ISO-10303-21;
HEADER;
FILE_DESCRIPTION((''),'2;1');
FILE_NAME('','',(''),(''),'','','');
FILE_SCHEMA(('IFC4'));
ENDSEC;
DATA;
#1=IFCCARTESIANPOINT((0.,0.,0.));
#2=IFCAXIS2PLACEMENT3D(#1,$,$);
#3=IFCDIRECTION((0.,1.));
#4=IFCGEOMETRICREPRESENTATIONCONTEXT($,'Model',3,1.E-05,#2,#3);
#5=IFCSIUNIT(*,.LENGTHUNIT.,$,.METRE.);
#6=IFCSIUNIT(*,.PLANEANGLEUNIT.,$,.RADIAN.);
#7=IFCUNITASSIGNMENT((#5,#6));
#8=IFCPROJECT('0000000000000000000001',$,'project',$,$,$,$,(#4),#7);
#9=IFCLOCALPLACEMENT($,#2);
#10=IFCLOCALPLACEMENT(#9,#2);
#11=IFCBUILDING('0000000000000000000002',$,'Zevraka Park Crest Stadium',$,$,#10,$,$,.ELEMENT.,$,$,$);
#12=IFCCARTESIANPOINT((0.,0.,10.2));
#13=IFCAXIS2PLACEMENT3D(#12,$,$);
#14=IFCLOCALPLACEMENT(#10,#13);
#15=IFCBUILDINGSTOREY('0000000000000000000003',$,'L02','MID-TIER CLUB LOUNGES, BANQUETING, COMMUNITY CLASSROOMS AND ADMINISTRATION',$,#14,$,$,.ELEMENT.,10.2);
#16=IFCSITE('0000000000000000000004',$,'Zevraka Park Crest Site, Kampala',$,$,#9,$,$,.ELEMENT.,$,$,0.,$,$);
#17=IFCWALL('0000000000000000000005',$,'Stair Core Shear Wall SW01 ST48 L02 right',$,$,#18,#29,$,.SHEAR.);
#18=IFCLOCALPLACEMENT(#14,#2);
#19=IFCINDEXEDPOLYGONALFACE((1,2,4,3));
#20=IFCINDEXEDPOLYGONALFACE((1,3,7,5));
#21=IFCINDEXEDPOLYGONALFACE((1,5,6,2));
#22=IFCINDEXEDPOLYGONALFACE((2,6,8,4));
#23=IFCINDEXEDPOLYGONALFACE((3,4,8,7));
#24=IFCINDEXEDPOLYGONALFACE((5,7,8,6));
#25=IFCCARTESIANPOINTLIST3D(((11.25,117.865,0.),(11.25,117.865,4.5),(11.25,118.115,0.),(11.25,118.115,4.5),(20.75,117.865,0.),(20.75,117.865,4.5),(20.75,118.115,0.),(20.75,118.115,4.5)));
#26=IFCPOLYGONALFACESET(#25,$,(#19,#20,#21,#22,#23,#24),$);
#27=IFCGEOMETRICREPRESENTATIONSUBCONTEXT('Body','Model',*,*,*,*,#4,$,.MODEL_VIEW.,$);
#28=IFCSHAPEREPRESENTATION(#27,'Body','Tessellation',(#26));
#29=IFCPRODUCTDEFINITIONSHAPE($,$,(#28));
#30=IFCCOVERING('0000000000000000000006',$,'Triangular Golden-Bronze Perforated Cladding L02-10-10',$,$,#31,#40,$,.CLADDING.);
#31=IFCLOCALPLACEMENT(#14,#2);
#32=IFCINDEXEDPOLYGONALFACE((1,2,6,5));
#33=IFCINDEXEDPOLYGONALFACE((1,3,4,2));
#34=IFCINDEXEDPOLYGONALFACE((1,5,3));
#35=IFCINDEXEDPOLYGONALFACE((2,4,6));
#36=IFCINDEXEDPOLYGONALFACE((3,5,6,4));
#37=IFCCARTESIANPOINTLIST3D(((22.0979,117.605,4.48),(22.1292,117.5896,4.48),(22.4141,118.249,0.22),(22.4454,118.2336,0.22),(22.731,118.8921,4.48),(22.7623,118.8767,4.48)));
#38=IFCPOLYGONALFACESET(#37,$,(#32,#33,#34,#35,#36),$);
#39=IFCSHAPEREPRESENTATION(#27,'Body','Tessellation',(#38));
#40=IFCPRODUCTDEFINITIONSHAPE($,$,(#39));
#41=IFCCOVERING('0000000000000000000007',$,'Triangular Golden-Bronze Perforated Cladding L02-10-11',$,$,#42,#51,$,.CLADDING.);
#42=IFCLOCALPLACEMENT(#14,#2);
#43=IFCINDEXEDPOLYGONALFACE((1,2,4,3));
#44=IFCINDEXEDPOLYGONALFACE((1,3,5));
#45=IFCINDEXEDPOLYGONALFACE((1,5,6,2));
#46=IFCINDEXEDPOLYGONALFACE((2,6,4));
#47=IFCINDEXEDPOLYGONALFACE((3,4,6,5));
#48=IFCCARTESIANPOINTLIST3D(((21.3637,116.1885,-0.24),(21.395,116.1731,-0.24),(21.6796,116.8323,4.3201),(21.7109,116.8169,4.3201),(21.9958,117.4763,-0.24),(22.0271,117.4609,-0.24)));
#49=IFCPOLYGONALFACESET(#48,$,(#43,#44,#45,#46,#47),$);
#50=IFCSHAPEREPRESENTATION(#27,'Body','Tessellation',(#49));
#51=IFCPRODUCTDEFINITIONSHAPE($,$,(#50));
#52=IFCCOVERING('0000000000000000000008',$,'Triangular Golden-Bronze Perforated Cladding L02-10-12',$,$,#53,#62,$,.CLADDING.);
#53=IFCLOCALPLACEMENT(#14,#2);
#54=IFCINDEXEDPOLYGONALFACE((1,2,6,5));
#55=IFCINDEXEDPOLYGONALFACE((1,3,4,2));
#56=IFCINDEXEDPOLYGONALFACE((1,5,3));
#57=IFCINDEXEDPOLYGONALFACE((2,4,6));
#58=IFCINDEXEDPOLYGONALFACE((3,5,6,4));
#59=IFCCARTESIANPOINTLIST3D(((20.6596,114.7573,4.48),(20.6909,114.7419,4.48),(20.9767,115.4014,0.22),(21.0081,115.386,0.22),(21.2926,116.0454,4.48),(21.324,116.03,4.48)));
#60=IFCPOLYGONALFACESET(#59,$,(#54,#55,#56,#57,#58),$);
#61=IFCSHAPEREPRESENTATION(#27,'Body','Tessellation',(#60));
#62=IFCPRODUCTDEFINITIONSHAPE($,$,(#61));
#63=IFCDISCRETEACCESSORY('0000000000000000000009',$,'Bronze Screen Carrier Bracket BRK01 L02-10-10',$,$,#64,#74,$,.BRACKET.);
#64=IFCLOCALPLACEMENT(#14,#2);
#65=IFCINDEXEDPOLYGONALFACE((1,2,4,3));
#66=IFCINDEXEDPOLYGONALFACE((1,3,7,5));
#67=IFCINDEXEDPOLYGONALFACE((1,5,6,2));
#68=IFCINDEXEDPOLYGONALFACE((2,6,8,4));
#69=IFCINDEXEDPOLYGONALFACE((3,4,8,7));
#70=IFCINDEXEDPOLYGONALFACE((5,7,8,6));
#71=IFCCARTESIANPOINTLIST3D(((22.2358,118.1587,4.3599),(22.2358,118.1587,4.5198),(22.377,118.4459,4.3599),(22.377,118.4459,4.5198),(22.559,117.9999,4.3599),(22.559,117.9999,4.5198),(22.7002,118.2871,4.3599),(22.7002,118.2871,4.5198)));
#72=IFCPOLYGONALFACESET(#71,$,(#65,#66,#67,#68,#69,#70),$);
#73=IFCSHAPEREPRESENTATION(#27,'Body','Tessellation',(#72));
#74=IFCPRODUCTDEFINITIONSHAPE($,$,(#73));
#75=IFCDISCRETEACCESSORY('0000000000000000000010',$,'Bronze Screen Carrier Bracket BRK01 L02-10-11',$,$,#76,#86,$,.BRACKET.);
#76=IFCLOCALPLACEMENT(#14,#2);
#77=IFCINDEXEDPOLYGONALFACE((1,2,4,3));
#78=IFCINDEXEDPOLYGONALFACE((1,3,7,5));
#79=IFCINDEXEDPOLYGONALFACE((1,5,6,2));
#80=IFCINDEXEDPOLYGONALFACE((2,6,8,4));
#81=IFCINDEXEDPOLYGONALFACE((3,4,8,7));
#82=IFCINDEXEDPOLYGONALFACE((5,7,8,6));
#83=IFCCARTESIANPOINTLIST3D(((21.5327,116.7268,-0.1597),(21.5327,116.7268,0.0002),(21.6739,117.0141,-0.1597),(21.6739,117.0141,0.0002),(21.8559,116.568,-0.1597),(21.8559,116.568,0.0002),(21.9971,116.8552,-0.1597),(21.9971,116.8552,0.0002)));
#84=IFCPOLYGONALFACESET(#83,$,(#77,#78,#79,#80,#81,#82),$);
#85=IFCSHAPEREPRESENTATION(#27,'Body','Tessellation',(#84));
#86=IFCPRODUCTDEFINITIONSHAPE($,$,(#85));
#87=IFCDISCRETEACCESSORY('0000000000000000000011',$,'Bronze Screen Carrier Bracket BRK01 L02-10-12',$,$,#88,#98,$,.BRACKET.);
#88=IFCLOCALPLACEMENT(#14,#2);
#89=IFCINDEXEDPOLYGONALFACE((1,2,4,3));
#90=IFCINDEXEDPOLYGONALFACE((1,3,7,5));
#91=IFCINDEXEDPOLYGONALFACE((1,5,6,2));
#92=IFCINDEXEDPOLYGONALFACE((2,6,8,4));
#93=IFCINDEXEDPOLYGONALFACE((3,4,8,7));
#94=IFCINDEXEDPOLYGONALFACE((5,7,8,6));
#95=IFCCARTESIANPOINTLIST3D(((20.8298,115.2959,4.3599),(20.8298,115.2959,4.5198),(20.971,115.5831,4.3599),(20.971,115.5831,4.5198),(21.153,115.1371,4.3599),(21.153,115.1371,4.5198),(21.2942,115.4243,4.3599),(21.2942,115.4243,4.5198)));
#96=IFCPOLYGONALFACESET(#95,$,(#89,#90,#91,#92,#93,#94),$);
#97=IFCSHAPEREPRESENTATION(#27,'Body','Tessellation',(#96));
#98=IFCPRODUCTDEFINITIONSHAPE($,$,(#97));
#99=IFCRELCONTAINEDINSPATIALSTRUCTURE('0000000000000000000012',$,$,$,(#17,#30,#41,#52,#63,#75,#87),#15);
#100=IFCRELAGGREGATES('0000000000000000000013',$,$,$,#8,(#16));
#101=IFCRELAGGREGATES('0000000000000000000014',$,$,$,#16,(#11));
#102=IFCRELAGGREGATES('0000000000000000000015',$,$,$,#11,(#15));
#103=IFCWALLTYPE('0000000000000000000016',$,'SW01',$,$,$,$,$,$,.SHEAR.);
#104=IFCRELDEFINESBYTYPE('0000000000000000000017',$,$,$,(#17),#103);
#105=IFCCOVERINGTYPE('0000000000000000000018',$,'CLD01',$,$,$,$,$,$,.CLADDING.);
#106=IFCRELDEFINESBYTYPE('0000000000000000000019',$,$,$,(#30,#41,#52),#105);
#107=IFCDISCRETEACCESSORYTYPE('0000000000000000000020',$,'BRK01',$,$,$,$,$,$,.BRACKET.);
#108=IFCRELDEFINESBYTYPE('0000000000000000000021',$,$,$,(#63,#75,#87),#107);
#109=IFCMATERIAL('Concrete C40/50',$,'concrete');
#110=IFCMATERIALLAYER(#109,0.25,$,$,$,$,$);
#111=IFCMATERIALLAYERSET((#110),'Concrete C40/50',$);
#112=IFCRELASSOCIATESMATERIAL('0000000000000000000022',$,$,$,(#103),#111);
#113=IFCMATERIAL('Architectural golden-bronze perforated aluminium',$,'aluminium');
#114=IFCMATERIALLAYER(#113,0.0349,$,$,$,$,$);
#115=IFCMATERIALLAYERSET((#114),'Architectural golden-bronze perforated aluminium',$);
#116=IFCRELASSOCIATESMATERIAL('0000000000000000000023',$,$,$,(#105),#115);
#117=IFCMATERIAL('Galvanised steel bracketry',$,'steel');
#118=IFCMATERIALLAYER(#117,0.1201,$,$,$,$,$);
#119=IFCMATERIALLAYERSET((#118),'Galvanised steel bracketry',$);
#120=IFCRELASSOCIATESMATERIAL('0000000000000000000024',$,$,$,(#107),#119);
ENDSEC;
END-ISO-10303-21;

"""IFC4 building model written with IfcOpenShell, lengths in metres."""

from ifc_helpers import new_model, si_unit, direction, frame, frame_2d, origin, origin_2d, place, context, subcontext, project, spatial, polyline, rectangle, outline, extrude, material, layer, layer_set, type_object, element, save


model = new_model("IFC4")

# Units and contexts
model_context = context("Model", 3, precision=1e-05, world=origin(), true_north=direction((0.0, 1.0)))
body_context = subcontext(model_context, "Body", "Model", "MODEL_VIEW")
ifc_project = project(units=[si_unit("LENGTHUNIT", "METRE"), si_unit("PLANEANGLEUNIT", "RADIAN")], contexts=[model_context])

# Site, building, storey
site_placement = place(None, origin())
site = spatial("IfcSite", under=ifc_project, at=site_placement, Name="Zevraka Park Crest Site, Kampala", CompositionType="ELEMENT", RefElevation=0.0)
building_placement = place(site_placement, origin())
building = spatial("IfcBuilding", under=site, at=building_placement, Name="Zevraka Park Crest Stadium", CompositionType="ELEMENT")
storey_placement = place(building_placement, frame((0.0, 0.0, 10.2)))
storey = spatial("IfcBuildingStorey", under=building, at=storey_placement, Name="L02", Description="MID-TIER CLUB LOUNGES, BANQUETING, COMMUNITY CLASSROOMS AND ADMINISTRATION", CompositionType="ELEMENT", Elevation=10.2)

# Wall
ifc_material_1 = material(Name="Concrete C40/50", Category="concrete")
ifc_layer_1 = layer(ifc_material_1, 0.25)
ifc_layer_set_1 = layer_set([ifc_layer_1], Name="Concrete C40/50")
wall_type = type_object("IfcWallType", Name="SW01", PredefinedType="SHEAR", material=ifc_layer_set_1)
wall_placement = place(storey_placement, frame((20.75, 117.99, 0.0), z_axis=(0.0, 0.0, 1.0), x_axis=(-1.0, 0.0, 0.0)))
element("IfcWall", 1, at=wall_placement, inside=storey, type_object=wall_type, Name="Stair Core Shear Wall SW01 ST48 L02 right", PredefinedType="SHEAR", context=body_context, shape_type="SweptSolid", body=[
    extrude(rectangle(XDim=9.5, YDim=0.25, at=frame_2d((4.75, 0.0))), origin(), (0.0, 0.0, 1.0), 4.5),
])

# Coverings
ifc_material_2 = material(Name="Architectural golden-bronze perforated aluminium", Category="aluminium")
ifc_layer_2 = layer(ifc_material_2, 0.0349)
ifc_layer_set_2 = layer_set([ifc_layer_2], Name="Architectural golden-bronze perforated aluminium")
covering_type = type_object("IfcCoveringType", Name="CLD01", PredefinedType="CLADDING", material=ifc_layer_set_2)
covering_1_placement = place(storey_placement, frame((22.0979, 117.605, 4.48), z_axis=(-0.897336, 0.441349, 0.000128), x_axis=(0.441349, 0.897336, 0.0)))
element("IfcCovering", 2, at=covering_1_placement, inside=storey, type_object=covering_type, Name="Triangular Golden-Bronze Perforated Cladding L02-10-10", PredefinedType="CLADDING", context=body_context, shape_type="SweptSolid", body=[
    extrude(outline(polyline([(0.0, 0.0), (1.4344, 0.0), (0.7175, 4.26), (0.0, 0.0)])), origin(), (0.0, 0.0, -1.0), 0.0349),
])
covering_2_placement = place(storey_placement, frame((22.0271, 117.4609, -0.24), z_axis=(0.897704, -0.440598, 0.000012), x_axis=(-0.440598, -0.897704, 0.0)))
element("IfcCovering", 3, at=covering_2_placement, inside=storey, type_object=covering_type, Name="Triangular Golden-Bronze Perforated Cladding L02-10-11", PredefinedType="CLADDING", context=body_context, shape_type="SweptSolid", body=[
    extrude(outline(polyline([(0.0, 0.0), (1.4346, 0.0), (0.7175, -4.5601), (0.0, 0.0)])), origin(), (0.0, 0.0, -1.0), 0.0349),
])
covering_3_placement = place(storey_placement, frame((20.6909, 114.7419, 4.48), z_axis=(0.897468, -0.441079, 0.000129), x_axis=(0.441079, 0.897468, 0.0)))
element("IfcCovering", 4, at=covering_3_placement, inside=storey, type_object=covering_type, Name="Triangular Golden-Bronze Perforated Cladding L02-10-12", PredefinedType="CLADDING", context=body_context, shape_type="SweptSolid", body=[
    extrude(outline(polyline([(0.0, 0.0), (1.4352, 0.0), (0.7179, -4.26), (0.0, 0.0)])), origin(), (0.0, 0.0, -1.0), 0.0349),
])

# Discrete accessories
ifc_material_3 = material(Name="Galvanised steel bracketry", Category="steel")
ifc_layer_3 = layer(ifc_material_3, 0.1201)
ifc_layer_set_3 = layer_set([ifc_layer_3], Name="Galvanised steel bracketry")
discrete_accessory_type = type_object("IfcDiscreteAccessoryType", Name="BRK01", PredefinedType="BRACKET", material=ifc_layer_set_3)
for number, where, z_axis, x_axis, name in (
    (5, (22.468, 118.2229, 4.3599), (0.0, 0.0, 1.0), (-0.441036, -0.897489, 0.0), "Bronze Screen Carrier Bracket BRK01 L02-10-10"),
    (6, (21.7649, 116.791, -0.1597), (0.0, 0.0, 1.0), (-0.441036, -0.897489, 0.0), "Bronze Screen Carrier Bracket BRK01 L02-10-11"),
    (7, (21.062, 115.3601, 4.3599), (0.0, 0.0, 1.0), (-0.441036, -0.897489, 0.0), "Bronze Screen Carrier Bracket BRK01 L02-10-12"),
):
    element("IfcDiscreteAccessory", number, at=place(storey_placement, frame(where, z_axis=z_axis, x_axis=x_axis)), inside=storey, type_object=discrete_accessory_type, Name=name, PredefinedType="BRACKET", context=body_context, shape_type="SweptSolid", body=[
        extrude(rectangle(XDim=0.3201, YDim=0.3601, at=origin_2d()), origin(), (0.0, 0.0, 1.0), 0.1599),
    ])

save(model, "model.ifc")
